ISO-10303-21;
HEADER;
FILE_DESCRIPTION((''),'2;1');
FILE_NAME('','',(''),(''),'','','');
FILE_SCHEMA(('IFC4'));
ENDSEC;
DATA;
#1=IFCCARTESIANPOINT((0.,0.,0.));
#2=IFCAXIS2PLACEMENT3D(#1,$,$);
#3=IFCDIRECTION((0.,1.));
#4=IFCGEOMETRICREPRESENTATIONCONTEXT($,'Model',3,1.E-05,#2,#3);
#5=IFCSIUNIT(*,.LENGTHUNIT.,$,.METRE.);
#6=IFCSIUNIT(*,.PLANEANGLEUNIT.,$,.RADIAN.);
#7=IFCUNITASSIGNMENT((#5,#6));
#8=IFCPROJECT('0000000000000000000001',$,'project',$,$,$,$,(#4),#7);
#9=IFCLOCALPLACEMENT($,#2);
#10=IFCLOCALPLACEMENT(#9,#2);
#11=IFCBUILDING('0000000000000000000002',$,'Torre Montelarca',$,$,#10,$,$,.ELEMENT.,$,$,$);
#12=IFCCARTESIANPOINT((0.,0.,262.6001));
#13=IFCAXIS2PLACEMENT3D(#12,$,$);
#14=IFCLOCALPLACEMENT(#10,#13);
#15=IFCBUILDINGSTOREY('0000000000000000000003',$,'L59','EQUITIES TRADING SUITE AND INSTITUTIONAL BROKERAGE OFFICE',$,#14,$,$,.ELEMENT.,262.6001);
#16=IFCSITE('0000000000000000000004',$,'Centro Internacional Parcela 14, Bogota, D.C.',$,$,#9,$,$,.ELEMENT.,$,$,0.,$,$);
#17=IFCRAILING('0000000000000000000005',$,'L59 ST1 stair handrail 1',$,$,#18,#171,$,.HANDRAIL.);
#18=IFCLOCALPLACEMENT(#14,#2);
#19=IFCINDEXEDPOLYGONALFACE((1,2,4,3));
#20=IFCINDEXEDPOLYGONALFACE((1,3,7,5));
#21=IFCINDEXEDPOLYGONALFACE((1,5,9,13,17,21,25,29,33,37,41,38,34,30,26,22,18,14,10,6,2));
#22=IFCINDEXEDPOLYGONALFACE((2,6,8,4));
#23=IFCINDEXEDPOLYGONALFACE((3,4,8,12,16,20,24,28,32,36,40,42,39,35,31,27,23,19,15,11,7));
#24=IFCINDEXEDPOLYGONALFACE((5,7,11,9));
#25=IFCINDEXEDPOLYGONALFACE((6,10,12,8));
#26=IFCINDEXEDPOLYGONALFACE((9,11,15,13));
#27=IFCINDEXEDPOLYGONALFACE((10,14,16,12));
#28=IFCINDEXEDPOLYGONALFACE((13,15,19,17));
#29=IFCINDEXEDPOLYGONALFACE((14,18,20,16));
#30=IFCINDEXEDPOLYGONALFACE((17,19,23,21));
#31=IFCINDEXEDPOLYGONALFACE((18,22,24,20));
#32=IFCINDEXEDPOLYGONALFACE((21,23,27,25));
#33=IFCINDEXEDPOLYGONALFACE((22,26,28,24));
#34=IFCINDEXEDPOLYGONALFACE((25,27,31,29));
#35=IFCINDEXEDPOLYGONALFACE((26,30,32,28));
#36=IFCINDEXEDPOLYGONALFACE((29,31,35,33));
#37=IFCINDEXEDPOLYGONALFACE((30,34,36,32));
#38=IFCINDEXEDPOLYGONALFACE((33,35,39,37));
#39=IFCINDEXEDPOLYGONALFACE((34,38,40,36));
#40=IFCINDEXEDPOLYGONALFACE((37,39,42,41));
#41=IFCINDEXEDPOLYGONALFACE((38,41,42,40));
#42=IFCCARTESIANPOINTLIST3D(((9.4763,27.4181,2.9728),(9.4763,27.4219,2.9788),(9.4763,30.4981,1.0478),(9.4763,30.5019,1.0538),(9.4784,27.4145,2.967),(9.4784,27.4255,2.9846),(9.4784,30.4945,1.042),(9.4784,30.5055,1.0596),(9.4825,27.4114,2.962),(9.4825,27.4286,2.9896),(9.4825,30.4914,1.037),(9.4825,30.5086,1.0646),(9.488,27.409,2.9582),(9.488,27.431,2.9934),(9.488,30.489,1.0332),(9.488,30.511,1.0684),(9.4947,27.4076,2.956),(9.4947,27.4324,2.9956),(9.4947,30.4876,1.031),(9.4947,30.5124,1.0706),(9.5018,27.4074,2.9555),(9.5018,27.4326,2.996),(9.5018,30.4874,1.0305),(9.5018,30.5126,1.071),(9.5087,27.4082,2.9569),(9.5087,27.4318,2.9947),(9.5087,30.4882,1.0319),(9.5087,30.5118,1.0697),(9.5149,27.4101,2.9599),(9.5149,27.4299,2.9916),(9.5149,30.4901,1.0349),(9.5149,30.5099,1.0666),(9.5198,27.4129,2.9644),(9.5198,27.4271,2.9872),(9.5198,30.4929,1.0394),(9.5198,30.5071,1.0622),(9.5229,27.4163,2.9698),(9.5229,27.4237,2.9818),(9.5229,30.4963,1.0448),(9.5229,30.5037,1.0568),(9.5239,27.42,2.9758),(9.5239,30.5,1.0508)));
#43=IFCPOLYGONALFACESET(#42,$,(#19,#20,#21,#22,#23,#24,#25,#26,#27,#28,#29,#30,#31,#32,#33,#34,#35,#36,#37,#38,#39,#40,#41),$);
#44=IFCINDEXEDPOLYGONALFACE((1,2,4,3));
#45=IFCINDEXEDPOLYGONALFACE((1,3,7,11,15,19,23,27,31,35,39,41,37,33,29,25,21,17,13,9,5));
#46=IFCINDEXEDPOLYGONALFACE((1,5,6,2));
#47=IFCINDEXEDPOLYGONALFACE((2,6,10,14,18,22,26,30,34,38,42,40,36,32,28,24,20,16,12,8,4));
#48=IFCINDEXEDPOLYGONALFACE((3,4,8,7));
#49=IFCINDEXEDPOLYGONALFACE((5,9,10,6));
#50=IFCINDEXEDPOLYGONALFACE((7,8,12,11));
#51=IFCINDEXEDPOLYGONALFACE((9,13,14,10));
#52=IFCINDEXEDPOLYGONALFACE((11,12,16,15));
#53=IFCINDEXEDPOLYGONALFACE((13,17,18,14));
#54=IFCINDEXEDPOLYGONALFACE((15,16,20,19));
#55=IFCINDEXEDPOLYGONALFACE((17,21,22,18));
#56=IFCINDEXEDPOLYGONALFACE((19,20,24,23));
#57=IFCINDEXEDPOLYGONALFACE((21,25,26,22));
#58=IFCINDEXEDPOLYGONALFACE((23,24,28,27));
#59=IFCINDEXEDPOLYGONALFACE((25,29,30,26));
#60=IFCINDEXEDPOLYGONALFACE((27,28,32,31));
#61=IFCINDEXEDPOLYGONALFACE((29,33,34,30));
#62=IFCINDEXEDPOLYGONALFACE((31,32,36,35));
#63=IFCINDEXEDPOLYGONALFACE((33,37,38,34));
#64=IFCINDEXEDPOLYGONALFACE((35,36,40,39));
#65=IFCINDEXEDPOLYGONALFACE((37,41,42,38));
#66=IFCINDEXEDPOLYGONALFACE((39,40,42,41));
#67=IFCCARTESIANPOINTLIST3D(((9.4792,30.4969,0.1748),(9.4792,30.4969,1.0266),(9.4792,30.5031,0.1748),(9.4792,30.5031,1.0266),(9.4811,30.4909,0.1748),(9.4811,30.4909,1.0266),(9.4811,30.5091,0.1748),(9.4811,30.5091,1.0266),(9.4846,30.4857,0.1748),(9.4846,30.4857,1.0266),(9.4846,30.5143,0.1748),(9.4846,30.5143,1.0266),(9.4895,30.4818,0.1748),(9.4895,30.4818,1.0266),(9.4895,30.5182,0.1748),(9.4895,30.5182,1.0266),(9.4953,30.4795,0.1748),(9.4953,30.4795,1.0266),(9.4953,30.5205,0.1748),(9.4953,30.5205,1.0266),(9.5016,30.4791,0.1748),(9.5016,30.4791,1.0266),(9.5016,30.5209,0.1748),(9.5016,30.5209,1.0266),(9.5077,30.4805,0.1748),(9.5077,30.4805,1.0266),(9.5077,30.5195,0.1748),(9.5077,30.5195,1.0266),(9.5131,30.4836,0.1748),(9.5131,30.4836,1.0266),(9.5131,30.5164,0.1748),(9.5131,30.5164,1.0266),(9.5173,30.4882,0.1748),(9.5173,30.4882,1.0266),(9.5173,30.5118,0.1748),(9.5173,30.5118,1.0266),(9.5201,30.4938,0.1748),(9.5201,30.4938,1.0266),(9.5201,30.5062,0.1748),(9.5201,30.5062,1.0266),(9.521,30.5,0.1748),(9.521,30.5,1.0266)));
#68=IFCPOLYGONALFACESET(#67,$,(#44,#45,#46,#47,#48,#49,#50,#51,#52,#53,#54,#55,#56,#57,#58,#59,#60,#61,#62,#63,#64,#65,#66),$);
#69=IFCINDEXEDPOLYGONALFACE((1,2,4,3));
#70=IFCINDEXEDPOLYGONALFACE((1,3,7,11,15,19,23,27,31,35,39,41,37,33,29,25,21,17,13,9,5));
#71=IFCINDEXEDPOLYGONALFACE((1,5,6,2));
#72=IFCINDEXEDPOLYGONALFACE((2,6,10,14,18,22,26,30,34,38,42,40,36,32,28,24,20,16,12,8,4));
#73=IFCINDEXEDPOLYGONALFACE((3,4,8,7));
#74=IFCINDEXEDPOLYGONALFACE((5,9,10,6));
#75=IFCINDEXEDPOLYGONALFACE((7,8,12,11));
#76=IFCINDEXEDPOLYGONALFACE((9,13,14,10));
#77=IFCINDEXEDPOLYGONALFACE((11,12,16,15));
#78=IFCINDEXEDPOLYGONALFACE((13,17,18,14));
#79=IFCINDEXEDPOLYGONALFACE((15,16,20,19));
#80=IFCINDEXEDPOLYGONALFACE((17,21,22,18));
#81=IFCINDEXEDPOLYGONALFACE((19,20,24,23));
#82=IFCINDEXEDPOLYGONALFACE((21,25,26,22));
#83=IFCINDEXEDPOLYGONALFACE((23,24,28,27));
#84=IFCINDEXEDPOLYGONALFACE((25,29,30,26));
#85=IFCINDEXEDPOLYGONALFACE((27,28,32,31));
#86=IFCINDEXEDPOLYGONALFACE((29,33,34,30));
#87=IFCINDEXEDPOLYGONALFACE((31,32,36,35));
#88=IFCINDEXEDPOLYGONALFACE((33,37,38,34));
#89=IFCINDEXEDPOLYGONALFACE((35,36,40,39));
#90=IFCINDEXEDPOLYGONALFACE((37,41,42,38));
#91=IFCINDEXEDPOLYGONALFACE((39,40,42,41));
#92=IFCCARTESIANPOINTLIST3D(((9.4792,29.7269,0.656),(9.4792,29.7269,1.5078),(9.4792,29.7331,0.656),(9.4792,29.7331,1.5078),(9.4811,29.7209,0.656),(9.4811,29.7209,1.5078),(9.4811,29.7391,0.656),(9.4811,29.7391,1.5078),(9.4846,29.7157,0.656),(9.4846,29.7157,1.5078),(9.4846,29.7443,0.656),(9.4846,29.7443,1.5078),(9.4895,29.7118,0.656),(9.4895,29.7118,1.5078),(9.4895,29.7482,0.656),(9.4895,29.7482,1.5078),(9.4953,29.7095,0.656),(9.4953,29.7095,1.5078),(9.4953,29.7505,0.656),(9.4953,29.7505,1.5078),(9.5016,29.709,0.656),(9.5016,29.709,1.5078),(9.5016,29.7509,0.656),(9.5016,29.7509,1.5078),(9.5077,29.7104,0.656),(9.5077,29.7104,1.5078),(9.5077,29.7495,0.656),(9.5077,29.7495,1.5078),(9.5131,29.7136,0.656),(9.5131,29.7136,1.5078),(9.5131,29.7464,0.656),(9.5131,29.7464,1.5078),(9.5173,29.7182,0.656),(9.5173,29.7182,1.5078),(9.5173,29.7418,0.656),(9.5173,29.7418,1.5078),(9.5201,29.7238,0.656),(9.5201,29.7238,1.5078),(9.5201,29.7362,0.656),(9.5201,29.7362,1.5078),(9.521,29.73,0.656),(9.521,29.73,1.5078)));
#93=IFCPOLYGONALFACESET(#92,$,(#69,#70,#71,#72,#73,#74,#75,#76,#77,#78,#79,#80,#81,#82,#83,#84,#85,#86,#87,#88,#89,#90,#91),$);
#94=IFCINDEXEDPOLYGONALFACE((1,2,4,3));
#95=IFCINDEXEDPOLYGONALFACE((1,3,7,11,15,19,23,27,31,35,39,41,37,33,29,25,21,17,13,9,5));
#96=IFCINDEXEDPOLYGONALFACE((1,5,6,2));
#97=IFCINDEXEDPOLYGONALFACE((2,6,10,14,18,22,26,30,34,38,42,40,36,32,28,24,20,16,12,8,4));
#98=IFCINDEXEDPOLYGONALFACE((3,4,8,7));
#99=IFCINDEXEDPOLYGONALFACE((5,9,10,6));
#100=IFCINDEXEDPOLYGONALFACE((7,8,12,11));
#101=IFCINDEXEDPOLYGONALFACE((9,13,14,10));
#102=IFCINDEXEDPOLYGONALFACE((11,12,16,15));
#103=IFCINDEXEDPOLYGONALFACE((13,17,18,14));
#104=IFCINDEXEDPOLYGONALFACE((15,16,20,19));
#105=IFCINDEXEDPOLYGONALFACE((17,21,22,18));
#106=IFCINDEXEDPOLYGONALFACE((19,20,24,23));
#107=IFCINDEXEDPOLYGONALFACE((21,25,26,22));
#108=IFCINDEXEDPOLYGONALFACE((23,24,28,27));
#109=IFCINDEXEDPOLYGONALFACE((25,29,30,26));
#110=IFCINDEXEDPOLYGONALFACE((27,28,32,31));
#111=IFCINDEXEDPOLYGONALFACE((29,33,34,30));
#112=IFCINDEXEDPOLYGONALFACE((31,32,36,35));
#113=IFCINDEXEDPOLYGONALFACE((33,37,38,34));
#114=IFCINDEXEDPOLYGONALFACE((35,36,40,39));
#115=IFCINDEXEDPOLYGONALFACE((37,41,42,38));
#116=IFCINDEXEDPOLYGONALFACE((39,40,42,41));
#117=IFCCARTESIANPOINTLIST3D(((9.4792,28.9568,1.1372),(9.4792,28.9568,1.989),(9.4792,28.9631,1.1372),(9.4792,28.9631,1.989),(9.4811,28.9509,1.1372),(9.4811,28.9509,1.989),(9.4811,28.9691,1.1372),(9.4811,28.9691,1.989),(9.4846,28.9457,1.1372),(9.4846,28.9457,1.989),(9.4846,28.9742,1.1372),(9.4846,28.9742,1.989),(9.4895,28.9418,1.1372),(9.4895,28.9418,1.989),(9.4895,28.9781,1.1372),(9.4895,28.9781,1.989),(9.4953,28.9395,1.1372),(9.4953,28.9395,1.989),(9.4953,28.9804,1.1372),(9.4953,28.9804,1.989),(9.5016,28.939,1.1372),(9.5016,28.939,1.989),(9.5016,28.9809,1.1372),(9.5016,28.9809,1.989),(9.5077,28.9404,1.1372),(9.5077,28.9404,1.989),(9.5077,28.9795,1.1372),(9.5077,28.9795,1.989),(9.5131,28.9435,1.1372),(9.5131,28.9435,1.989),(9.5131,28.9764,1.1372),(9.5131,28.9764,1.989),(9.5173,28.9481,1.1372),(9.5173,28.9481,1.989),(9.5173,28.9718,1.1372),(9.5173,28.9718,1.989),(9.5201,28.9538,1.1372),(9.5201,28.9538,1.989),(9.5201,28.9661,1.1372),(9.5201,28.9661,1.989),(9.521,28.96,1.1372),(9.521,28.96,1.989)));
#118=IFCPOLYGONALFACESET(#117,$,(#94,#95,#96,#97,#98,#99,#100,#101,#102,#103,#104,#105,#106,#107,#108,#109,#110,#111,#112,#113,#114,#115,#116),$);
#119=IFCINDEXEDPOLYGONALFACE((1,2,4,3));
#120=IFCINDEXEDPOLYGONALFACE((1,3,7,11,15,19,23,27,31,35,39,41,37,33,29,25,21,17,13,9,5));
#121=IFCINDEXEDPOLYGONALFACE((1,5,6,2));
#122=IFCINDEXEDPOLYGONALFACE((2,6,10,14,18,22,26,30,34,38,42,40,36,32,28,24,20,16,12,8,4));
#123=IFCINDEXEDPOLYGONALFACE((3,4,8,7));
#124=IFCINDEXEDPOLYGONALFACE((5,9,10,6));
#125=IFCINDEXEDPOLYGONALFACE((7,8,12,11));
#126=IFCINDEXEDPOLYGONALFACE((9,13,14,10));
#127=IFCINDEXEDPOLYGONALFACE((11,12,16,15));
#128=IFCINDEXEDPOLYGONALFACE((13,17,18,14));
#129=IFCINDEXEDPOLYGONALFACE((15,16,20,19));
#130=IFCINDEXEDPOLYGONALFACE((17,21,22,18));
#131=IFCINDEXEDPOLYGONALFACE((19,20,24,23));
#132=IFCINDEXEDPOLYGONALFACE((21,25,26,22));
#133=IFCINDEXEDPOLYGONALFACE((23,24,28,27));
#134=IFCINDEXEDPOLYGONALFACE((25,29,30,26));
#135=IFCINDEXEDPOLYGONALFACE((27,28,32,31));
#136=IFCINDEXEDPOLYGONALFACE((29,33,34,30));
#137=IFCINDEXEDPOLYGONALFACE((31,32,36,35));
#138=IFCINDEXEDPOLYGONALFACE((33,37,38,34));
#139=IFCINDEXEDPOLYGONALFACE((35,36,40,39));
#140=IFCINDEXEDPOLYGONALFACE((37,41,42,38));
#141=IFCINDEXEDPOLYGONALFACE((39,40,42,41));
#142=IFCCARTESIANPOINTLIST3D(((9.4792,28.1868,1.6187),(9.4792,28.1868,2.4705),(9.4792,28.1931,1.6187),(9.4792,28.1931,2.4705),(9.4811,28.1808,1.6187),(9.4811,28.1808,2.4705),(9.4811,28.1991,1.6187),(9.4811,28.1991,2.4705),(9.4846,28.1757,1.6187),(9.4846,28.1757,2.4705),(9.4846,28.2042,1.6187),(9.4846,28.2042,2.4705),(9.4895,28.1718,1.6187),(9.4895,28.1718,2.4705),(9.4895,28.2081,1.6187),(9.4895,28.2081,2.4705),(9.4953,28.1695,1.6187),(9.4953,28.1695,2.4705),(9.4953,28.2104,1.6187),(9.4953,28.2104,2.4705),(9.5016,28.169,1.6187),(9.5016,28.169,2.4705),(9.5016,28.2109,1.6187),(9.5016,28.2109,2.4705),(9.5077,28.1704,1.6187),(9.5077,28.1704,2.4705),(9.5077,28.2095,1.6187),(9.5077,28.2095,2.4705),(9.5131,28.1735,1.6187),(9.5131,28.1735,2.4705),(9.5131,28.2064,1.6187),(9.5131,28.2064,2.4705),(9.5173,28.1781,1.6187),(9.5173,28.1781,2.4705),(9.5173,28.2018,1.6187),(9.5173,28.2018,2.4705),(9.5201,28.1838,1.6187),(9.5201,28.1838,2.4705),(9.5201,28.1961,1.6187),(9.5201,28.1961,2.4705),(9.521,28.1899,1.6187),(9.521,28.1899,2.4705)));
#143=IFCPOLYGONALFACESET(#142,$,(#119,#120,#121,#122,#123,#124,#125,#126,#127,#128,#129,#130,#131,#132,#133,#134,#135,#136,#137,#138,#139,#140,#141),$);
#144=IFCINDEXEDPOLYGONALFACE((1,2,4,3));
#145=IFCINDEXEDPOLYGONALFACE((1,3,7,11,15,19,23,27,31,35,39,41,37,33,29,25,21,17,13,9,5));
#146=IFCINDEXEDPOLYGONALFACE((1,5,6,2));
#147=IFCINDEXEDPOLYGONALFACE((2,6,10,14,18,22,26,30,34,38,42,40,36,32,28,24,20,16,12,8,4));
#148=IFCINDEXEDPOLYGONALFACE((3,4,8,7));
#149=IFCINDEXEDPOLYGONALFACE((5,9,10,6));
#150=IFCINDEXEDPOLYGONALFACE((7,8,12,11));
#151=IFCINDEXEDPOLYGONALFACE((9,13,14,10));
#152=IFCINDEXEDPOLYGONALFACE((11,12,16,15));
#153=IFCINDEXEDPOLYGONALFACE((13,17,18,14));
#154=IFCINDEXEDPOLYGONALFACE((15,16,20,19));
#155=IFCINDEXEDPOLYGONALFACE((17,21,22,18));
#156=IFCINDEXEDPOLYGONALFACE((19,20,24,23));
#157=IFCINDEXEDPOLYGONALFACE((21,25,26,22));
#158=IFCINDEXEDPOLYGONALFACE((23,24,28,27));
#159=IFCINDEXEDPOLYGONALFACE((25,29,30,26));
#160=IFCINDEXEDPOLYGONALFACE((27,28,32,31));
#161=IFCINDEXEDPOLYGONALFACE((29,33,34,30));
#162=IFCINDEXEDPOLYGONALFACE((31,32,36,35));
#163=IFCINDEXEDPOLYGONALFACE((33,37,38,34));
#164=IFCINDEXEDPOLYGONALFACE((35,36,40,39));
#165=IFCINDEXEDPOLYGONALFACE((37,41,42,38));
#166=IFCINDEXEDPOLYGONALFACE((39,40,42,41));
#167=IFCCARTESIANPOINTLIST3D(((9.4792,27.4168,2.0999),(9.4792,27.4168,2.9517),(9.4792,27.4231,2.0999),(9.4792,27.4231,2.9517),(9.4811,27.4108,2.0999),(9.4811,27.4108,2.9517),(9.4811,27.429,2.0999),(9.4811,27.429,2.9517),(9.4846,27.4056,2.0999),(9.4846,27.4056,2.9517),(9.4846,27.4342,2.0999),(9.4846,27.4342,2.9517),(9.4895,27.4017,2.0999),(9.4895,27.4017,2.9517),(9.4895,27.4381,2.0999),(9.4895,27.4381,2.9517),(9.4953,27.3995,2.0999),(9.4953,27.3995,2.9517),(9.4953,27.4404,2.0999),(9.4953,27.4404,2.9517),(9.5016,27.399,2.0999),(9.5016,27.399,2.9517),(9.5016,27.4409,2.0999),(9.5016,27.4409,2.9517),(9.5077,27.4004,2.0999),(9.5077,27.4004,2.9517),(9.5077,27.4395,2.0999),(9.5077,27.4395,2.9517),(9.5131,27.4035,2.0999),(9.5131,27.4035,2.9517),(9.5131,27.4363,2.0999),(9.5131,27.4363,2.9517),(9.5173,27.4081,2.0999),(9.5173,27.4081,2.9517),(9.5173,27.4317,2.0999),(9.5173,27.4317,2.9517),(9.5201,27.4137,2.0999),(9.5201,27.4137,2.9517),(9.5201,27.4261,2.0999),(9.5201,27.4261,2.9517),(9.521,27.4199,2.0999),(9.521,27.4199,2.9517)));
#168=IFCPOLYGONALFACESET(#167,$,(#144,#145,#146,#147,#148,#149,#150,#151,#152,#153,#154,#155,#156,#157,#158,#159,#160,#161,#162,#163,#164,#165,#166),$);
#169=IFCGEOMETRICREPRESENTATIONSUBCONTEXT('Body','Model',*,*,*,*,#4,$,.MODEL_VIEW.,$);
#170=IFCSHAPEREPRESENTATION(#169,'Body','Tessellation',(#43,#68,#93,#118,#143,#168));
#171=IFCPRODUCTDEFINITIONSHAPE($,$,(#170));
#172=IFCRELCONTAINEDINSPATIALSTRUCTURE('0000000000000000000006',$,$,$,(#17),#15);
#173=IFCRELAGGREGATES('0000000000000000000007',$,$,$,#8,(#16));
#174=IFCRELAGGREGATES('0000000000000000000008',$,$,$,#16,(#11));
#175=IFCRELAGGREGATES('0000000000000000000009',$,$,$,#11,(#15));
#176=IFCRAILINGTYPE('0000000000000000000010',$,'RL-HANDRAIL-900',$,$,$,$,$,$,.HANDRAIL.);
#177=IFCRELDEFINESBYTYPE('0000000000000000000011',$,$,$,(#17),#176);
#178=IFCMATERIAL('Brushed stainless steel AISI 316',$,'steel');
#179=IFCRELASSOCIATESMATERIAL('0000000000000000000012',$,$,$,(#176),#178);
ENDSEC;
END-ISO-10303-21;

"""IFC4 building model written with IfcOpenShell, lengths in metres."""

from ifc_helpers import new_model, si_unit, direction, frame, origin, origin_2d, place, context, subcontext, project, spatial, circle, extrude, material, type_object, element, save


model = new_model("IFC4")

# Units and contexts
model_context = context("Model", 3, precision=1e-05, world=origin(), true_north=direction((0.0, 1.0)))
body_context = subcontext(model_context, "Body", "Model", "MODEL_VIEW")
ifc_project = project(units=[si_unit("LENGTHUNIT", "METRE"), si_unit("PLANEANGLEUNIT", "RADIAN")], contexts=[model_context])

# Site, building, storey
site_placement = place(None, origin())
site = spatial("IfcSite", under=ifc_project, at=site_placement, Name="Centro Internacional Parcela 14, Bogota, D.C.", CompositionType="ELEMENT", RefElevation=0.0)
building_placement = place(site_placement, origin())
building = spatial("IfcBuilding", under=site, at=building_placement, Name="Torre Montelarca", CompositionType="ELEMENT")
storey_placement = place(building_placement, frame((0.0, 0.0, 262.6001)))
storey = spatial("IfcBuildingStorey", under=building, at=storey_placement, Name="L59", Description="EQUITIES TRADING SUITE AND INSTITUTIONAL BROKERAGE OFFICE", CompositionType="ELEMENT", Elevation=262.6001)

# Shared definitions
ifc_material_1 = material(Name="Brushed stainless steel AISI 316", Category="steel")

# Railing
railing_type_1 = type_object("IfcRailingType", Name="RL-HANDRAIL-900", PredefinedType="HANDRAIL", material=ifc_material_1)
railing_1_placement = place(storey_placement, frame((9.5, 30.5, 0.1748)))
element("IfcRailing", 1, at=railing_1_placement, inside=storey, type_object=railing_type_1, Name="L59 ST1 stair handrail 1", PredefinedType="HANDRAIL", context=body_context, shape_type="SweptSolid", body=[
    extrude(circle(Radius=0.0239, at=origin_2d()), frame((0.0, 0.0, 0.876), z_axis=(0.0, -0.847998, 0.529999), x_axis=(1.0, 0.0, 0.0)), (0.0, 0.0, 1.0), 3.6321),
    extrude(circle(Radius=0.021, at=origin_2d()), origin(), (0.0, 0.0, 1.0), 0.8518),
    extrude(circle(Radius=0.021, at=origin_2d()), frame((0.0, -0.77, 0.4812)), (0.0, 0.0, 1.0), 0.8518),
    extrude(circle(Radius=0.021, at=origin_2d()), frame((0.0, -1.54, 0.9624)), (0.0, 0.0, 1.0), 0.8518),
    extrude(circle(Radius=0.021, at=origin_2d()), frame((0.0, -2.3101, 1.4438)), (0.0, 0.0, 1.0), 0.8518),
    extrude(circle(Radius=0.021, at=origin_2d()), frame((0.0, -3.0801, 1.925)), (0.0, 0.0, 1.0), 0.8518),
])

save(model, "model.ifc")
